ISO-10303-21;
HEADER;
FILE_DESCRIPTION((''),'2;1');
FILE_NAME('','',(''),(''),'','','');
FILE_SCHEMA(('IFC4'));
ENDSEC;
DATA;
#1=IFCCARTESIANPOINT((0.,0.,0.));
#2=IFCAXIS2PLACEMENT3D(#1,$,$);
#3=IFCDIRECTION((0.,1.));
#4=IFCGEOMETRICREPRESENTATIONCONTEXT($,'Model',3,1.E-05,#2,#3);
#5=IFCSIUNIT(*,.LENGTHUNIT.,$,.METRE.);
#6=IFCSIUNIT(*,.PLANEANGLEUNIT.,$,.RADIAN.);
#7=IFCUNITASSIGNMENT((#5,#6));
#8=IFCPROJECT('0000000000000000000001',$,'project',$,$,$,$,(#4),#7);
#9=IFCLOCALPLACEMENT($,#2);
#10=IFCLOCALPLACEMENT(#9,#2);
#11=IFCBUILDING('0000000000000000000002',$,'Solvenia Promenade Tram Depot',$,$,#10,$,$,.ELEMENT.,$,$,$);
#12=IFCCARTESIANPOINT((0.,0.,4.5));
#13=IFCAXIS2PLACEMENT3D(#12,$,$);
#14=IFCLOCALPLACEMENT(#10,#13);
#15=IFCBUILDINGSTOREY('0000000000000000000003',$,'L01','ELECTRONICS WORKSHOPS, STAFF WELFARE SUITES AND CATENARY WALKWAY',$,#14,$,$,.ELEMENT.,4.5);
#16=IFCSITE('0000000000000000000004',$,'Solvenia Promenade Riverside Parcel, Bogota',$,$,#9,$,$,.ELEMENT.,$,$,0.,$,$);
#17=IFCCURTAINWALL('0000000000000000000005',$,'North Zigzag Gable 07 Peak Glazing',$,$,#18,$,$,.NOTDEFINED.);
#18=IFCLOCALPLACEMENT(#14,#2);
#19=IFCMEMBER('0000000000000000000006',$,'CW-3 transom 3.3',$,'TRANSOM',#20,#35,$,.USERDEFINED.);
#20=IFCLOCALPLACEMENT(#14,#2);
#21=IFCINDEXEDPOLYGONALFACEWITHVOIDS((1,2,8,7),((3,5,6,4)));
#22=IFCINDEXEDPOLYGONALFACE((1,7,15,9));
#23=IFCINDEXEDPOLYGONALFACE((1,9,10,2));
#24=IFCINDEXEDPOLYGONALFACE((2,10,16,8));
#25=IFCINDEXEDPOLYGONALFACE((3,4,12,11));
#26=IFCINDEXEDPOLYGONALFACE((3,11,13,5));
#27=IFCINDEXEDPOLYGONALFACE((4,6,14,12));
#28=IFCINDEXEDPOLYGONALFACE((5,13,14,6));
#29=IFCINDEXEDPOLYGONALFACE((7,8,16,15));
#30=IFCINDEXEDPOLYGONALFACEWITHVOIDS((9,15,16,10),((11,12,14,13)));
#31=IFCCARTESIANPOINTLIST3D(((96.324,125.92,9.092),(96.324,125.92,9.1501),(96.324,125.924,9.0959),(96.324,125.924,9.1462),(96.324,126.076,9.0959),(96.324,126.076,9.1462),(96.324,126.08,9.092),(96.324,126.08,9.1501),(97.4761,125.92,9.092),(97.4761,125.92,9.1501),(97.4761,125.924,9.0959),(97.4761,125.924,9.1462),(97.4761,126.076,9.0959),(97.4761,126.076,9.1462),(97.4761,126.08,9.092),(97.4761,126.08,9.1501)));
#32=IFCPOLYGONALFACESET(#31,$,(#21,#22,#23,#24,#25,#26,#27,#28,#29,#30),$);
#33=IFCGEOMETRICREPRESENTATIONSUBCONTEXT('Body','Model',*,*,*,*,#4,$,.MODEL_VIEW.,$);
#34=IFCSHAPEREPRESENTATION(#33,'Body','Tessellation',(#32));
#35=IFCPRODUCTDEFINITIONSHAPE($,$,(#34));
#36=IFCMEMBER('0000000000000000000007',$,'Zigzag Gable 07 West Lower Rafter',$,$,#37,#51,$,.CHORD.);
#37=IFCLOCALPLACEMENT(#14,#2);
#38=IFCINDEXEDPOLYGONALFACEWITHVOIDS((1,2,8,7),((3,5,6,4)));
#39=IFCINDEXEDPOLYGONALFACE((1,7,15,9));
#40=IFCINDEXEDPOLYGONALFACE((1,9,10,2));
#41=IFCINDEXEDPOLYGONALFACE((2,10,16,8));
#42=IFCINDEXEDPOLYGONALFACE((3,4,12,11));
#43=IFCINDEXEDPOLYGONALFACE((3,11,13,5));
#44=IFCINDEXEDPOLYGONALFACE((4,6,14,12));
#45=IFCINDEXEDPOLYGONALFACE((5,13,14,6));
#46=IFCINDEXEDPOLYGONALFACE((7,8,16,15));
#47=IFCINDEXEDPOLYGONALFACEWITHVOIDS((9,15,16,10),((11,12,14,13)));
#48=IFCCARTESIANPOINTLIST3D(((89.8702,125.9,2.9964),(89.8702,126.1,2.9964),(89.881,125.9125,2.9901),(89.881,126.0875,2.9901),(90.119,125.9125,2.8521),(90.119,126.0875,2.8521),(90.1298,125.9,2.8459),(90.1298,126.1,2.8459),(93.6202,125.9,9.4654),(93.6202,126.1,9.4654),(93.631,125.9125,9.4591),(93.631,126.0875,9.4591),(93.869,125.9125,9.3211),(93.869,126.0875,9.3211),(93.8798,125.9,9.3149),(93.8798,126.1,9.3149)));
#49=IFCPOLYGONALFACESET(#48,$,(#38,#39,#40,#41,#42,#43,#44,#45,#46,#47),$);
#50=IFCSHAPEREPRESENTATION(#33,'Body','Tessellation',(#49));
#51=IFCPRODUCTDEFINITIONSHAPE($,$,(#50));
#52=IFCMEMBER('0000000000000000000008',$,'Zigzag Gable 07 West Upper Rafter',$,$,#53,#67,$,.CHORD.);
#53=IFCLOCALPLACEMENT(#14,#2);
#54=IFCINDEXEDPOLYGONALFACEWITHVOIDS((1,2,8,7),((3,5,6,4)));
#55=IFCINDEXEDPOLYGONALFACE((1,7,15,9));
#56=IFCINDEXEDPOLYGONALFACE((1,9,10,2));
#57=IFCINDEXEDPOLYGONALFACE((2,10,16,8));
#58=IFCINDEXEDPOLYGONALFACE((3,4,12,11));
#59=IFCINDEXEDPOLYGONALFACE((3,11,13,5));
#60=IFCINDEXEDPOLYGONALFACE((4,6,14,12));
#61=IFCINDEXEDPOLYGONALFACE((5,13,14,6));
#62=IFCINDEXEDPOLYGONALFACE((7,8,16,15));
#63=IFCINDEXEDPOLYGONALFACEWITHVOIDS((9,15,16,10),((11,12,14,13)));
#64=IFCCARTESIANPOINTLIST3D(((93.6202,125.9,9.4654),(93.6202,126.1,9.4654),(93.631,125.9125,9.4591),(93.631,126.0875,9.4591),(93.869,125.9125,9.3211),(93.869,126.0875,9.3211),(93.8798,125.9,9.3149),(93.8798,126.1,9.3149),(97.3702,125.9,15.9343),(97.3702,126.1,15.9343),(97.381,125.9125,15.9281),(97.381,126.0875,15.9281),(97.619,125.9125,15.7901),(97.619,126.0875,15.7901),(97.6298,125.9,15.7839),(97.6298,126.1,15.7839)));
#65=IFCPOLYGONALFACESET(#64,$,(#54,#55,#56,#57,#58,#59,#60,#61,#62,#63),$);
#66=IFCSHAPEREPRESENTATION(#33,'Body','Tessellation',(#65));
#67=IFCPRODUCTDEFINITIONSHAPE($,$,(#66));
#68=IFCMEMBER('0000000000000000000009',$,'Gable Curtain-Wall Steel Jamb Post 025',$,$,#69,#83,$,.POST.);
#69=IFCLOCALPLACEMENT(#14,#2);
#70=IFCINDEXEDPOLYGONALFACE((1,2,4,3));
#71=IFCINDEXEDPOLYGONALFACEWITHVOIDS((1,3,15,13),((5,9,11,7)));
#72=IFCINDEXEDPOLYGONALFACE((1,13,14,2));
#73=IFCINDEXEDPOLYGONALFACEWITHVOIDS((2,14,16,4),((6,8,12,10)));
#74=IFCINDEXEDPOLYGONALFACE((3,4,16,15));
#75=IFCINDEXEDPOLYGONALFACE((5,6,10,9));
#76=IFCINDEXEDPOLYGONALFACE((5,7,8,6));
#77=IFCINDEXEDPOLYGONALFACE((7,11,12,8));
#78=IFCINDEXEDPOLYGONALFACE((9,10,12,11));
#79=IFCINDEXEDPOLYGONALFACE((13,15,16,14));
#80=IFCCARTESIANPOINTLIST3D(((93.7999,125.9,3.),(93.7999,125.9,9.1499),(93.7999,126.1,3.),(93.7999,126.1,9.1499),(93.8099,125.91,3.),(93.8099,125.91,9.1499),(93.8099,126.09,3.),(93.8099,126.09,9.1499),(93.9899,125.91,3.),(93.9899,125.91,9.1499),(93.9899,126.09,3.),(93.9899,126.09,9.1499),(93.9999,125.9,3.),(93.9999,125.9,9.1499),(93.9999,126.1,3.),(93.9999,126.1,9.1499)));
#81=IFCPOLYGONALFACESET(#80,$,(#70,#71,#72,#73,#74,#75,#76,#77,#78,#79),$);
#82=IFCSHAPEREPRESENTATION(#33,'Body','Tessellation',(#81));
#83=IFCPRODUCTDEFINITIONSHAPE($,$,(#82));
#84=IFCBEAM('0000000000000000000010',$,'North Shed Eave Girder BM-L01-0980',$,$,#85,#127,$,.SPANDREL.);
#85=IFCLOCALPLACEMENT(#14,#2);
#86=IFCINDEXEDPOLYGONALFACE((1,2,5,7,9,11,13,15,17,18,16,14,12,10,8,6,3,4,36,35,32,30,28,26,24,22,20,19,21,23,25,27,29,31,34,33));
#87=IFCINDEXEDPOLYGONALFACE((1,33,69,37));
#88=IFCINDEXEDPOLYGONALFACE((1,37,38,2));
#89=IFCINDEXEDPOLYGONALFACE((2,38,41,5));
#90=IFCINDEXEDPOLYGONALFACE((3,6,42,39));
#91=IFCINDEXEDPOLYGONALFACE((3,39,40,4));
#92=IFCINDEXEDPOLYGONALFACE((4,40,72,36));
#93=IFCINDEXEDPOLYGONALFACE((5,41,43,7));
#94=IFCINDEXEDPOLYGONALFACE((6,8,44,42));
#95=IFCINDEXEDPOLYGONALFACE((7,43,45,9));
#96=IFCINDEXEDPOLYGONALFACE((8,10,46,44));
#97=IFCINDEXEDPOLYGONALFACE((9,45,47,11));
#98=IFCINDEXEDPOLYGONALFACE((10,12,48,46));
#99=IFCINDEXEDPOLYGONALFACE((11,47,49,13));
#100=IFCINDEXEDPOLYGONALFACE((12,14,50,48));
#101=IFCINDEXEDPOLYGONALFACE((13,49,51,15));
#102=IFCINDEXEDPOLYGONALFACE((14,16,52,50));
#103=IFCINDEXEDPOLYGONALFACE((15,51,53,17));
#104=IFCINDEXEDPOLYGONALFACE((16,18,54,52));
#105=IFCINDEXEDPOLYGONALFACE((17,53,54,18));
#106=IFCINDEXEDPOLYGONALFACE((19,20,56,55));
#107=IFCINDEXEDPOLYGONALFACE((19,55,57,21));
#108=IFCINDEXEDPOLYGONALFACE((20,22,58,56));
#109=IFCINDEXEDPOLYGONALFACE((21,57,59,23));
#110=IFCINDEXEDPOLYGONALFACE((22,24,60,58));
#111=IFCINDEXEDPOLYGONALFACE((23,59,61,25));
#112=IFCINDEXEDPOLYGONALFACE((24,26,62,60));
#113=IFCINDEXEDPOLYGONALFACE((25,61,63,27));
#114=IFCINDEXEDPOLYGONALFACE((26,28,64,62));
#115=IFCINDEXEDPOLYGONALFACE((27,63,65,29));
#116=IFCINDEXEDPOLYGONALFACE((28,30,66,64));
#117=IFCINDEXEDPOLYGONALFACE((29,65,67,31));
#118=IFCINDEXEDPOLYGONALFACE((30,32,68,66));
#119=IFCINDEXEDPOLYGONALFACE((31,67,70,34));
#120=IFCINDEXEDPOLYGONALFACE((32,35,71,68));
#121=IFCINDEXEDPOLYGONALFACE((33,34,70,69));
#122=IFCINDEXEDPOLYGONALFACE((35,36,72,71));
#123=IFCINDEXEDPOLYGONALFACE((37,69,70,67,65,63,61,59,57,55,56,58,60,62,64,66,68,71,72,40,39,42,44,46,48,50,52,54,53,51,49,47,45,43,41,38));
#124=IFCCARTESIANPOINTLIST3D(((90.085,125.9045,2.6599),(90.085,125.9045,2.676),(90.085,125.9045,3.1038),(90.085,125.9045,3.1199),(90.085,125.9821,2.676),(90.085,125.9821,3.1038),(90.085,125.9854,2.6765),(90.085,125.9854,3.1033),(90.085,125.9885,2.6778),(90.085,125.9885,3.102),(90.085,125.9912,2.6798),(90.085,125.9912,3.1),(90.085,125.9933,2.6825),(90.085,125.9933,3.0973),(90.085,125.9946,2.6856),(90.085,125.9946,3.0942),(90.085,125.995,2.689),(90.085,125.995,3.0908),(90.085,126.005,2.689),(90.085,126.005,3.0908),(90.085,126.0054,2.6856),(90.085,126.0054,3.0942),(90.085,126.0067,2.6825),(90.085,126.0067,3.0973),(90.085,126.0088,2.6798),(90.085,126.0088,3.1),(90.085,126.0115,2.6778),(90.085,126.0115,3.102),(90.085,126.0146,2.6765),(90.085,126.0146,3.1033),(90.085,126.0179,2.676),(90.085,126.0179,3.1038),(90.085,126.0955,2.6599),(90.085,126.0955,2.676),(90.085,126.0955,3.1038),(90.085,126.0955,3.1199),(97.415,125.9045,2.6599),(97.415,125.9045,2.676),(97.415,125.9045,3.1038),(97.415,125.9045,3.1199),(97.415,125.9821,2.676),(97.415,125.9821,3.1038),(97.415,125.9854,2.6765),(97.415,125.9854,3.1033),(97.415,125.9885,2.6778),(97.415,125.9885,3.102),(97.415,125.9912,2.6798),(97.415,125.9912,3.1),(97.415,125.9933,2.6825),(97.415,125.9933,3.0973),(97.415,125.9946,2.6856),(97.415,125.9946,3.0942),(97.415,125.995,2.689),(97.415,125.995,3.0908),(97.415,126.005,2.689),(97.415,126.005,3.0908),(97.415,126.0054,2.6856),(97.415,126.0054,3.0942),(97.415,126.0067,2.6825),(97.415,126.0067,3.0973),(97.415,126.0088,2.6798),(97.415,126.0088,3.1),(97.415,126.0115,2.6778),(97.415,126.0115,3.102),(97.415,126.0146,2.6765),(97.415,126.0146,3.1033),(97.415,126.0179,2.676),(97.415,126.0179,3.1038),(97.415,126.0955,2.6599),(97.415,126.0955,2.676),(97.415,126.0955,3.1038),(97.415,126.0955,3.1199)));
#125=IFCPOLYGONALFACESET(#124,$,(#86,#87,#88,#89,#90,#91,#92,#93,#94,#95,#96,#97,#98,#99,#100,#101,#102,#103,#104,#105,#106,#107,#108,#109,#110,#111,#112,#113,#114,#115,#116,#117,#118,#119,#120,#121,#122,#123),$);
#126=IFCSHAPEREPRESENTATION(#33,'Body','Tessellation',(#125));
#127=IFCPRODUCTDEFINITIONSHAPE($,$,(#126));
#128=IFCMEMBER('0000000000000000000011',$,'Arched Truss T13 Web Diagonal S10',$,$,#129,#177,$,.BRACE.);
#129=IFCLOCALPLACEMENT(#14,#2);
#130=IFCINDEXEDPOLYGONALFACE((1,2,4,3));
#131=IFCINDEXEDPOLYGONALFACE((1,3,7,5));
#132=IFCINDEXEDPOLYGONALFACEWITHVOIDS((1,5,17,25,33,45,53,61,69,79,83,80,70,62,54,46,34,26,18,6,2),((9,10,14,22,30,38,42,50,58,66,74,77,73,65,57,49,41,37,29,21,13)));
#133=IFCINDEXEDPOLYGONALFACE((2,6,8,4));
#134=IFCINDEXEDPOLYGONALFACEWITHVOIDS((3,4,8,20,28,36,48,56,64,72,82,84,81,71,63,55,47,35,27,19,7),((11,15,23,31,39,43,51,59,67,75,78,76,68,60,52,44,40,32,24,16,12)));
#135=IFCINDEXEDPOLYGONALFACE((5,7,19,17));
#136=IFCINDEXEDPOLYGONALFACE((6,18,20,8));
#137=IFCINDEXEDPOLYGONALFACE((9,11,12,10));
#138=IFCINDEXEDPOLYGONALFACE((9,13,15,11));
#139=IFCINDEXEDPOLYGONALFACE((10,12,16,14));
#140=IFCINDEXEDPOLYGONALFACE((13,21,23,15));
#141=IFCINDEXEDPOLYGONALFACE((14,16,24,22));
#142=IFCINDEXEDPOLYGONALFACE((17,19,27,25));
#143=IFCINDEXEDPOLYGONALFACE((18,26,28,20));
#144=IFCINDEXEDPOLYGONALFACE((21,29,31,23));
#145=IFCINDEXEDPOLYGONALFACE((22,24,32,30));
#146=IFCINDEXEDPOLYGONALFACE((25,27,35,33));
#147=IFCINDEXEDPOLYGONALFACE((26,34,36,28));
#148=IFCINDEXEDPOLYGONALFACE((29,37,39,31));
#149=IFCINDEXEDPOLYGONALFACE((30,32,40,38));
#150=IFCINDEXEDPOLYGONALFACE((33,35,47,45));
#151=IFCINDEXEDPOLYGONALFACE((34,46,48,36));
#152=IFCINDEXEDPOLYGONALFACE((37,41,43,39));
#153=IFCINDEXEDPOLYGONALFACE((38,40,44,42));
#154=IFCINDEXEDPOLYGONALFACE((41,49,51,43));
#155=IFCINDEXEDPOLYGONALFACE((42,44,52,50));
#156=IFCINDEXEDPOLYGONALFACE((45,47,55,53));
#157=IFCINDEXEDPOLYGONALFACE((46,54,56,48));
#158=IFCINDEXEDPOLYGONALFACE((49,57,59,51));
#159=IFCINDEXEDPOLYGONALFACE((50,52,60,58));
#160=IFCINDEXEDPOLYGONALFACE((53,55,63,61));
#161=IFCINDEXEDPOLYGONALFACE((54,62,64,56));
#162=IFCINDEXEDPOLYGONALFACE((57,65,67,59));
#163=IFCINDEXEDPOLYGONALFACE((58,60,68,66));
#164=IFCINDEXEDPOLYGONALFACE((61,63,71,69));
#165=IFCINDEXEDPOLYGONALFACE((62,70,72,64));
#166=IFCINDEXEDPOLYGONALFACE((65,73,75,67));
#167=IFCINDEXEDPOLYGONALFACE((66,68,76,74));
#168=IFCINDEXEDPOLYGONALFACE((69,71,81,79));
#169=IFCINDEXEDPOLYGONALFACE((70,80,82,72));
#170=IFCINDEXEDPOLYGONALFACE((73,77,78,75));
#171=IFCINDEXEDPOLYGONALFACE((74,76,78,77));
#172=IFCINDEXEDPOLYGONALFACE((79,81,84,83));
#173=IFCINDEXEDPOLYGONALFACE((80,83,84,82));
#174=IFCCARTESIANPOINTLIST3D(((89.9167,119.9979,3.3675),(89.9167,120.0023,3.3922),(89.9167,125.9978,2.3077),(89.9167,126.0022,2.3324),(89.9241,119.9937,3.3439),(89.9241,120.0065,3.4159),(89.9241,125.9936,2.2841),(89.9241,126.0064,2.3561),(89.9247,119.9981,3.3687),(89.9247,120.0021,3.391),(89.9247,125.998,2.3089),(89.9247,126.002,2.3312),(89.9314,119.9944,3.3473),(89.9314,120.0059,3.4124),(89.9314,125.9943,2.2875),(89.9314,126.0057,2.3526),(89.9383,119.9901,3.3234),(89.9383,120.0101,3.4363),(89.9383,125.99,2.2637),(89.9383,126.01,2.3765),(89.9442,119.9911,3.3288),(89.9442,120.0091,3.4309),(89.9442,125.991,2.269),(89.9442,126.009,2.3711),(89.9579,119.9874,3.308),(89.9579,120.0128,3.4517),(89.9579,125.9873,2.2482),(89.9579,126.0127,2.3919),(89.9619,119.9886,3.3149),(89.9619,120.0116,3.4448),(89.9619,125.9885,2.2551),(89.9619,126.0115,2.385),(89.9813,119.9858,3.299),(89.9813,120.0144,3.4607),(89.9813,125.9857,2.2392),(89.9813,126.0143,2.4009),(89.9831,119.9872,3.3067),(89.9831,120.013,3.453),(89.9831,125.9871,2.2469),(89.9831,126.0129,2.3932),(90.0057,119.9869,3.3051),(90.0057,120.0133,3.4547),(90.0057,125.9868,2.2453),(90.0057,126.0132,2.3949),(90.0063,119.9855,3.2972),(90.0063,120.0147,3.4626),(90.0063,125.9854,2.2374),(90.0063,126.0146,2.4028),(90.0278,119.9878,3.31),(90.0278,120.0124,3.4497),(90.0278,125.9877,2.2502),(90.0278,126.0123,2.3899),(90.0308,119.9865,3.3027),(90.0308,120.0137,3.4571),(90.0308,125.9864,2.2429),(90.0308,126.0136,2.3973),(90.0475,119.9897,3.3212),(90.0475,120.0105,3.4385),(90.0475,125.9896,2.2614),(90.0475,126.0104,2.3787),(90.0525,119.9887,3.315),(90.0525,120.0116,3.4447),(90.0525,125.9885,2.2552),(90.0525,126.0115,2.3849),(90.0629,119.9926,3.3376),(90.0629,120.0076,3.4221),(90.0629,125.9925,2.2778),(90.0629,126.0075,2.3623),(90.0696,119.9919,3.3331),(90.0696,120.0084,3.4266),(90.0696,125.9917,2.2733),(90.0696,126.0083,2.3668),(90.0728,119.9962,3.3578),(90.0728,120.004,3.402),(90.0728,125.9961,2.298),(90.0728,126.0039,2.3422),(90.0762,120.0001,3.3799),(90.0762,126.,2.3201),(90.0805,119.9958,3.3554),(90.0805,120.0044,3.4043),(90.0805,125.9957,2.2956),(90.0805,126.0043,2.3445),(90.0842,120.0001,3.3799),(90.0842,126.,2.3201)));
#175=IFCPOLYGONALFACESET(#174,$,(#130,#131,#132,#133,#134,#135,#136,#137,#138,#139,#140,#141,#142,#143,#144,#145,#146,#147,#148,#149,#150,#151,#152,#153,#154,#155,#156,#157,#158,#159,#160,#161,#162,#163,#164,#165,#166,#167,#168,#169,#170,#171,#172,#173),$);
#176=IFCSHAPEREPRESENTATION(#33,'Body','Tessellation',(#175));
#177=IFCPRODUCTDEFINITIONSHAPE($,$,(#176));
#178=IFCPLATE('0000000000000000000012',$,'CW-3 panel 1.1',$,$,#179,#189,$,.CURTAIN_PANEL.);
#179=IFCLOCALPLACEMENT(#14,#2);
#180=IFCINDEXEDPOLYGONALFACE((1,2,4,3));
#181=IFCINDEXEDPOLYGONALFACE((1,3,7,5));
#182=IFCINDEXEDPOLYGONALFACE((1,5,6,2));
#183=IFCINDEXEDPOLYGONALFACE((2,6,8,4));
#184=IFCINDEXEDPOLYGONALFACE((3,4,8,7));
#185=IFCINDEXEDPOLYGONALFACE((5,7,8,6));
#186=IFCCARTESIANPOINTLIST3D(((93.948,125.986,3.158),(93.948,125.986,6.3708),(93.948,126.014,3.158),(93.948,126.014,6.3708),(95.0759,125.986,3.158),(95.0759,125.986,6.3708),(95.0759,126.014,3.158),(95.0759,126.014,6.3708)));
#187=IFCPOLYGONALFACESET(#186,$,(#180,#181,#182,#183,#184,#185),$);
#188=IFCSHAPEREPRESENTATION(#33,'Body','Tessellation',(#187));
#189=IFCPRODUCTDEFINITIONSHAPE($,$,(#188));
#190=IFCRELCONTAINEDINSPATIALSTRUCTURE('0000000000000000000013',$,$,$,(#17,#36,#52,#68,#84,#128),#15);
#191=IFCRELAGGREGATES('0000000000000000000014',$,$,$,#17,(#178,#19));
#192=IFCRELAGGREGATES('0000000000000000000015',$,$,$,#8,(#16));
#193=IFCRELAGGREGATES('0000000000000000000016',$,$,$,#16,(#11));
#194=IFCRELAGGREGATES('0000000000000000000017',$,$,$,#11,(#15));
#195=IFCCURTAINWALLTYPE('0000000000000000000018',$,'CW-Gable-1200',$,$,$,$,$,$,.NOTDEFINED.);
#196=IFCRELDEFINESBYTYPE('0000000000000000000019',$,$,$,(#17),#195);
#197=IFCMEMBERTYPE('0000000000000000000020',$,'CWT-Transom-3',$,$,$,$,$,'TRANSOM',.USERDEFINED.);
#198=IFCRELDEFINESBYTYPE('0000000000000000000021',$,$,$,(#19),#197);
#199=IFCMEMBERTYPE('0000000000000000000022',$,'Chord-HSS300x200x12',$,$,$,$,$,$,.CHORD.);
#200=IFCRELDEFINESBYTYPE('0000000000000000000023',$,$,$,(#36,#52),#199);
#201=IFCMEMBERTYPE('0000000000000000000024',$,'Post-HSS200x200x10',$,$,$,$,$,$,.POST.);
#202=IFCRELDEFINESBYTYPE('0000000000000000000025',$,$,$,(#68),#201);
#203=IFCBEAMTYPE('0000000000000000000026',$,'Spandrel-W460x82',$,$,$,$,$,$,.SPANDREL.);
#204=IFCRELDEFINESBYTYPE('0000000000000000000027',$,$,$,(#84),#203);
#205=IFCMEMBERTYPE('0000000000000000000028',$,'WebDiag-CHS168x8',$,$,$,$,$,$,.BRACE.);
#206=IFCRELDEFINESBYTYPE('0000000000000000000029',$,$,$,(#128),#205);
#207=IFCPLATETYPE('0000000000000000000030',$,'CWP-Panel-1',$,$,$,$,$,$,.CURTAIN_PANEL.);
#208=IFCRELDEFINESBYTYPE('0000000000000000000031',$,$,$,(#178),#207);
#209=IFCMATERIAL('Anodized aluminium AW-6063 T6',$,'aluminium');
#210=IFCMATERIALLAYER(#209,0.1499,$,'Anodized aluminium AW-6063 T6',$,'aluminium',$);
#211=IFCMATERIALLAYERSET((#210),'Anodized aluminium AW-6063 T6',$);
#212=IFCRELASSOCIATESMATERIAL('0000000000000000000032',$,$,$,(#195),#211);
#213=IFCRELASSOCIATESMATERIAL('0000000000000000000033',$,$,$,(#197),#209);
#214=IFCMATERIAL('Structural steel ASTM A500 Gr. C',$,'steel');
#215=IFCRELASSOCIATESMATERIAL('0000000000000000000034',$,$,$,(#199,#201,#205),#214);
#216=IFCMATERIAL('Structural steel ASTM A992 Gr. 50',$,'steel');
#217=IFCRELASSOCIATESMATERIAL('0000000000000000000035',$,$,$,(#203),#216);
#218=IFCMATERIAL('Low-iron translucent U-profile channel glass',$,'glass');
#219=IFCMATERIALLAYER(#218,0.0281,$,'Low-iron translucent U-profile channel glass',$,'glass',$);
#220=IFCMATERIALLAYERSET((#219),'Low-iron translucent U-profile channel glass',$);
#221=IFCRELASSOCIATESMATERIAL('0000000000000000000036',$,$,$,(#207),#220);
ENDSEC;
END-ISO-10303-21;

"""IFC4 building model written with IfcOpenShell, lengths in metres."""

from ifc_helpers import new_model, si_unit, direction, frame, origin, origin_2d, place, context, subcontext, project, spatial, rectangle, hollow_rectangle, hollow_circle, i_section, extrude, material, layer, layer_set, material_profile, profile_set, type_object, element, aggregate, save


model = new_model("IFC4")

# Units and contexts
model_context = context("Model", 3, precision=1e-05, world=origin(), true_north=direction((0.0, 1.0)))
body_context = subcontext(model_context, "Body", "Model", "MODEL_VIEW")
ifc_project = project(units=[si_unit("LENGTHUNIT", "METRE"), si_unit("PLANEANGLEUNIT", "RADIAN")], contexts=[model_context])

# Site, building, storey
site_placement = place(None, origin())
site = spatial("IfcSite", under=ifc_project, at=site_placement, Name="Solvenia Promenade Riverside Parcel, Bogota", CompositionType="ELEMENT", RefElevation=0.0)
building_placement = place(site_placement, origin())
building = spatial("IfcBuilding", under=site, at=building_placement, Name="Solvenia Promenade Tram Depot", CompositionType="ELEMENT")
storey_placement = place(building_placement, frame((0.0, 0.0, 4.5)))
storey = spatial("IfcBuildingStorey", under=building, at=storey_placement, Name="L01", Description="ELECTRONICS WORKSHOPS, STAFF WELFARE SUITES AND CATENARY WALKWAY", CompositionType="ELEMENT", Elevation=4.5)

# Curtain wall, member
ifc_material_1 = material(Name="Anodized aluminium AW-6063 T6", Category="aluminium")
ifc_layer_1 = layer(ifc_material_1, 0.1499, Name="Anodized aluminium AW-6063 T6", Category="aluminium")
ifc_layer_set_1 = layer_set([ifc_layer_1], Name="Anodized aluminium AW-6063 T6")
curtain_wall_type = type_object("IfcCurtainWallType", Name="CW-Gable-1200", PredefinedType="NOTDEFINED", material=ifc_layer_set_1)
curtain_wall_placement = place(storey_placement, origin())
curtain_wall = element("IfcCurtainWall", 1, at=curtain_wall_placement, inside=storey, type_object=curtain_wall_type, Name="North Zigzag Gable 07 Peak Glazing", PredefinedType="NOTDEFINED")
ifc_material_profile_1 = material_profile(ifc_material_1, hollow_rectangle(XDim=0.1599, YDim=0.0581, WallThickness=0.0039, at=origin_2d()), Name="ALU-T3", Category="aluminium")
ifc_profile_set_1 = profile_set([ifc_material_profile_1], Name="Anodized aluminium AW-6063 T6")
member_type_1 = type_object("IfcMemberType", Name="CWT-Transom-3", ElementType="TRANSOM", PredefinedType="USERDEFINED", material=ifc_profile_set_1)
member_1_placement = place(storey_placement, frame((96.324, 126.0, 9.1211), z_axis=(1.0, 0.0, 0.0), x_axis=(0.0, 1.0, 0.0)))
member_1 = element("IfcMember", 2, at=member_1_placement, type_object=member_type_1, Name="CW-3 transom 3.3", ObjectType="TRANSOM", PredefinedType="USERDEFINED", context=body_context, shape_type="SweptSolid", body=[
    extrude(hollow_rectangle(XDim=0.1599, YDim=0.0581, WallThickness=0.0039, at=origin_2d()), origin(), (0.0, 0.0, 1.0), 1.1521),
])

# Members
ifc_material_2 = material(Name="Structural steel ASTM A500 Gr. C", Category="steel")
ifc_material_profile_2 = material_profile(ifc_material_2, hollow_rectangle(XDim=0.2, YDim=0.3, WallThickness=0.0125, at=origin_2d()), Name="HSS300x200x12.5", Category="steel")
ifc_profile_set_2 = profile_set([ifc_material_profile_2], Name="Structural steel ASTM A500 Gr. C")
member_type_2 = type_object("IfcMemberType", Name="Chord-HSS300x200x12", PredefinedType="CHORD", material=ifc_profile_set_2)
for number, where, z_axis, x_axis, name in (
    (3, (90.0, 126.0, 2.9211), (0.501516, 0.0, 0.865148), (0.0, 1.0, 0.0), "Zigzag Gable 07 West Lower Rafter"),
    (4, (93.75, 126.0, 9.3901), (0.501516, 0.0, 0.865148), (0.0, 1.0, 0.0), "Zigzag Gable 07 West Upper Rafter"),
):
    element("IfcMember", number, at=place(storey_placement, frame(where, z_axis=z_axis, x_axis=x_axis)), inside=storey, type_object=member_type_2, Name=name, PredefinedType="CHORD", context=body_context, shape_type="SweptSolid", body=[
        extrude(hollow_rectangle(XDim=0.2, YDim=0.3, WallThickness=0.0125, at=origin_2d()), origin(), (0.0, 0.0, 1.0), 7.4773),
    ])
ifc_material_profile_3 = material_profile(ifc_material_2, hollow_rectangle(XDim=0.2, YDim=0.2, WallThickness=0.01, at=origin_2d()), Name="HSS200x200x10", Category="steel")
ifc_profile_set_3 = profile_set([ifc_material_profile_3], Name="Structural steel ASTM A500 Gr. C")
member_type_3 = type_object("IfcMemberType", Name="Post-HSS200x200x10", PredefinedType="POST", material=ifc_profile_set_3)
member_2_placement = place(storey_placement, frame((93.8999, 126.0, 3.0), z_axis=(0.0, 0.0, 1.0), x_axis=(1.0, 0.0, 0.0)))
element("IfcMember", 5, at=member_2_placement, inside=storey, type_object=member_type_3, Name="Gable Curtain-Wall Steel Jamb Post 025", PredefinedType="POST", context=body_context, shape_type="SweptSolid", body=[
    extrude(hollow_rectangle(XDim=0.2, YDim=0.2, WallThickness=0.01, at=origin_2d()), origin(), (0.0, 0.0, 1.0), 6.1499),
])

# Beam
ifc_material_3 = material(Name="Structural steel ASTM A992 Gr. 50", Category="steel")
ifc_material_profile_4 = material_profile(ifc_material_3, i_section(OverallWidth=0.1909, OverallDepth=0.46, WebThickness=0.01, FlangeThickness=0.0161, FilletRadius=0.0129, at=origin_2d()), Name="W460x82", Category="steel")
ifc_profile_set_4 = profile_set([ifc_material_profile_4], Name="Structural steel ASTM A992 Gr. 50")
beam_type = type_object("IfcBeamType", Name="Spandrel-W460x82", PredefinedType="SPANDREL", material=ifc_profile_set_4)
beam_placement = place(storey_placement, frame((90.085, 126.0, 2.8899), z_axis=(1.0, 0.0, 0.0), x_axis=(0.0, 1.0, 0.0)))
element("IfcBeam", 6, at=beam_placement, inside=storey, type_object=beam_type, Name="North Shed Eave Girder BM-L01-0980", PredefinedType="SPANDREL", context=body_context, shape_type="SweptSolid", body=[
    extrude(i_section(OverallWidth=0.1909, OverallDepth=0.46, WebThickness=0.01, FlangeThickness=0.0161, FilletRadius=0.0129, at=origin_2d()), origin(), (0.0, 0.0, 1.0), 7.3301),
])

# Member
ifc_material_profile_5 = material_profile(ifc_material_2, hollow_circle(Radius=0.0842, WallThickness=0.0081, at=origin_2d()), Name="CHS168.3x8", Category="steel")
ifc_profile_set_5 = profile_set([ifc_material_profile_5], Name="Structural steel ASTM A500 Gr. C")
member_type_4 = type_object("IfcMemberType", Name="WebDiag-CHS168x8", PredefinedType="BRACE", material=ifc_profile_set_5)
member_3_placement = place(storey_placement, frame((90.0, 126.0, 2.3201), z_axis=(0.0, -0.984756, 0.173943), x_axis=(1.0, 0.0, 0.0)))
element("IfcMember", 7, at=member_3_placement, inside=storey, type_object=member_type_4, Name="Arched Truss T13 Web Diagonal S10", PredefinedType="BRACE", context=body_context, shape_type="SweptSolid", body=[
    extrude(hollow_circle(Radius=0.0842, WallThickness=0.0081, at=origin_2d()), origin(), (0.0, 0.0, 1.0), 6.0928),
])

# Plate
ifc_material_4 = material(Name="Low-iron translucent U-profile channel glass", Category="glass")
ifc_layer_2 = layer(ifc_material_4, 0.0281, Name="Low-iron translucent U-profile channel glass", Category="glass")
ifc_layer_set_2 = layer_set([ifc_layer_2], Name="Low-iron translucent U-profile channel glass")
plate_type_1 = type_object("IfcPlateType", Name="CWP-Panel-1", PredefinedType="CURTAIN_PANEL", material=ifc_layer_set_2)
plate_1_placement = place(storey_placement, frame((94.512, 126.0, 3.158), z_axis=(0.0, 0.0, 1.0), x_axis=(1.0, 0.0, 0.0)))
plate_1 = element("IfcPlate", 8, at=plate_1_placement, type_object=plate_type_1, Name="CW-3 panel 1.1", PredefinedType="CURTAIN_PANEL", context=body_context, shape_type="SweptSolid", body=[
    extrude(rectangle(XDim=1.1279, YDim=0.0281, at=origin_2d()), origin(), (0.0, 0.0, 1.0), 3.2129),
])
aggregate(curtain_wall, [plate_1, member_1])

save(model, "model.ifc")
